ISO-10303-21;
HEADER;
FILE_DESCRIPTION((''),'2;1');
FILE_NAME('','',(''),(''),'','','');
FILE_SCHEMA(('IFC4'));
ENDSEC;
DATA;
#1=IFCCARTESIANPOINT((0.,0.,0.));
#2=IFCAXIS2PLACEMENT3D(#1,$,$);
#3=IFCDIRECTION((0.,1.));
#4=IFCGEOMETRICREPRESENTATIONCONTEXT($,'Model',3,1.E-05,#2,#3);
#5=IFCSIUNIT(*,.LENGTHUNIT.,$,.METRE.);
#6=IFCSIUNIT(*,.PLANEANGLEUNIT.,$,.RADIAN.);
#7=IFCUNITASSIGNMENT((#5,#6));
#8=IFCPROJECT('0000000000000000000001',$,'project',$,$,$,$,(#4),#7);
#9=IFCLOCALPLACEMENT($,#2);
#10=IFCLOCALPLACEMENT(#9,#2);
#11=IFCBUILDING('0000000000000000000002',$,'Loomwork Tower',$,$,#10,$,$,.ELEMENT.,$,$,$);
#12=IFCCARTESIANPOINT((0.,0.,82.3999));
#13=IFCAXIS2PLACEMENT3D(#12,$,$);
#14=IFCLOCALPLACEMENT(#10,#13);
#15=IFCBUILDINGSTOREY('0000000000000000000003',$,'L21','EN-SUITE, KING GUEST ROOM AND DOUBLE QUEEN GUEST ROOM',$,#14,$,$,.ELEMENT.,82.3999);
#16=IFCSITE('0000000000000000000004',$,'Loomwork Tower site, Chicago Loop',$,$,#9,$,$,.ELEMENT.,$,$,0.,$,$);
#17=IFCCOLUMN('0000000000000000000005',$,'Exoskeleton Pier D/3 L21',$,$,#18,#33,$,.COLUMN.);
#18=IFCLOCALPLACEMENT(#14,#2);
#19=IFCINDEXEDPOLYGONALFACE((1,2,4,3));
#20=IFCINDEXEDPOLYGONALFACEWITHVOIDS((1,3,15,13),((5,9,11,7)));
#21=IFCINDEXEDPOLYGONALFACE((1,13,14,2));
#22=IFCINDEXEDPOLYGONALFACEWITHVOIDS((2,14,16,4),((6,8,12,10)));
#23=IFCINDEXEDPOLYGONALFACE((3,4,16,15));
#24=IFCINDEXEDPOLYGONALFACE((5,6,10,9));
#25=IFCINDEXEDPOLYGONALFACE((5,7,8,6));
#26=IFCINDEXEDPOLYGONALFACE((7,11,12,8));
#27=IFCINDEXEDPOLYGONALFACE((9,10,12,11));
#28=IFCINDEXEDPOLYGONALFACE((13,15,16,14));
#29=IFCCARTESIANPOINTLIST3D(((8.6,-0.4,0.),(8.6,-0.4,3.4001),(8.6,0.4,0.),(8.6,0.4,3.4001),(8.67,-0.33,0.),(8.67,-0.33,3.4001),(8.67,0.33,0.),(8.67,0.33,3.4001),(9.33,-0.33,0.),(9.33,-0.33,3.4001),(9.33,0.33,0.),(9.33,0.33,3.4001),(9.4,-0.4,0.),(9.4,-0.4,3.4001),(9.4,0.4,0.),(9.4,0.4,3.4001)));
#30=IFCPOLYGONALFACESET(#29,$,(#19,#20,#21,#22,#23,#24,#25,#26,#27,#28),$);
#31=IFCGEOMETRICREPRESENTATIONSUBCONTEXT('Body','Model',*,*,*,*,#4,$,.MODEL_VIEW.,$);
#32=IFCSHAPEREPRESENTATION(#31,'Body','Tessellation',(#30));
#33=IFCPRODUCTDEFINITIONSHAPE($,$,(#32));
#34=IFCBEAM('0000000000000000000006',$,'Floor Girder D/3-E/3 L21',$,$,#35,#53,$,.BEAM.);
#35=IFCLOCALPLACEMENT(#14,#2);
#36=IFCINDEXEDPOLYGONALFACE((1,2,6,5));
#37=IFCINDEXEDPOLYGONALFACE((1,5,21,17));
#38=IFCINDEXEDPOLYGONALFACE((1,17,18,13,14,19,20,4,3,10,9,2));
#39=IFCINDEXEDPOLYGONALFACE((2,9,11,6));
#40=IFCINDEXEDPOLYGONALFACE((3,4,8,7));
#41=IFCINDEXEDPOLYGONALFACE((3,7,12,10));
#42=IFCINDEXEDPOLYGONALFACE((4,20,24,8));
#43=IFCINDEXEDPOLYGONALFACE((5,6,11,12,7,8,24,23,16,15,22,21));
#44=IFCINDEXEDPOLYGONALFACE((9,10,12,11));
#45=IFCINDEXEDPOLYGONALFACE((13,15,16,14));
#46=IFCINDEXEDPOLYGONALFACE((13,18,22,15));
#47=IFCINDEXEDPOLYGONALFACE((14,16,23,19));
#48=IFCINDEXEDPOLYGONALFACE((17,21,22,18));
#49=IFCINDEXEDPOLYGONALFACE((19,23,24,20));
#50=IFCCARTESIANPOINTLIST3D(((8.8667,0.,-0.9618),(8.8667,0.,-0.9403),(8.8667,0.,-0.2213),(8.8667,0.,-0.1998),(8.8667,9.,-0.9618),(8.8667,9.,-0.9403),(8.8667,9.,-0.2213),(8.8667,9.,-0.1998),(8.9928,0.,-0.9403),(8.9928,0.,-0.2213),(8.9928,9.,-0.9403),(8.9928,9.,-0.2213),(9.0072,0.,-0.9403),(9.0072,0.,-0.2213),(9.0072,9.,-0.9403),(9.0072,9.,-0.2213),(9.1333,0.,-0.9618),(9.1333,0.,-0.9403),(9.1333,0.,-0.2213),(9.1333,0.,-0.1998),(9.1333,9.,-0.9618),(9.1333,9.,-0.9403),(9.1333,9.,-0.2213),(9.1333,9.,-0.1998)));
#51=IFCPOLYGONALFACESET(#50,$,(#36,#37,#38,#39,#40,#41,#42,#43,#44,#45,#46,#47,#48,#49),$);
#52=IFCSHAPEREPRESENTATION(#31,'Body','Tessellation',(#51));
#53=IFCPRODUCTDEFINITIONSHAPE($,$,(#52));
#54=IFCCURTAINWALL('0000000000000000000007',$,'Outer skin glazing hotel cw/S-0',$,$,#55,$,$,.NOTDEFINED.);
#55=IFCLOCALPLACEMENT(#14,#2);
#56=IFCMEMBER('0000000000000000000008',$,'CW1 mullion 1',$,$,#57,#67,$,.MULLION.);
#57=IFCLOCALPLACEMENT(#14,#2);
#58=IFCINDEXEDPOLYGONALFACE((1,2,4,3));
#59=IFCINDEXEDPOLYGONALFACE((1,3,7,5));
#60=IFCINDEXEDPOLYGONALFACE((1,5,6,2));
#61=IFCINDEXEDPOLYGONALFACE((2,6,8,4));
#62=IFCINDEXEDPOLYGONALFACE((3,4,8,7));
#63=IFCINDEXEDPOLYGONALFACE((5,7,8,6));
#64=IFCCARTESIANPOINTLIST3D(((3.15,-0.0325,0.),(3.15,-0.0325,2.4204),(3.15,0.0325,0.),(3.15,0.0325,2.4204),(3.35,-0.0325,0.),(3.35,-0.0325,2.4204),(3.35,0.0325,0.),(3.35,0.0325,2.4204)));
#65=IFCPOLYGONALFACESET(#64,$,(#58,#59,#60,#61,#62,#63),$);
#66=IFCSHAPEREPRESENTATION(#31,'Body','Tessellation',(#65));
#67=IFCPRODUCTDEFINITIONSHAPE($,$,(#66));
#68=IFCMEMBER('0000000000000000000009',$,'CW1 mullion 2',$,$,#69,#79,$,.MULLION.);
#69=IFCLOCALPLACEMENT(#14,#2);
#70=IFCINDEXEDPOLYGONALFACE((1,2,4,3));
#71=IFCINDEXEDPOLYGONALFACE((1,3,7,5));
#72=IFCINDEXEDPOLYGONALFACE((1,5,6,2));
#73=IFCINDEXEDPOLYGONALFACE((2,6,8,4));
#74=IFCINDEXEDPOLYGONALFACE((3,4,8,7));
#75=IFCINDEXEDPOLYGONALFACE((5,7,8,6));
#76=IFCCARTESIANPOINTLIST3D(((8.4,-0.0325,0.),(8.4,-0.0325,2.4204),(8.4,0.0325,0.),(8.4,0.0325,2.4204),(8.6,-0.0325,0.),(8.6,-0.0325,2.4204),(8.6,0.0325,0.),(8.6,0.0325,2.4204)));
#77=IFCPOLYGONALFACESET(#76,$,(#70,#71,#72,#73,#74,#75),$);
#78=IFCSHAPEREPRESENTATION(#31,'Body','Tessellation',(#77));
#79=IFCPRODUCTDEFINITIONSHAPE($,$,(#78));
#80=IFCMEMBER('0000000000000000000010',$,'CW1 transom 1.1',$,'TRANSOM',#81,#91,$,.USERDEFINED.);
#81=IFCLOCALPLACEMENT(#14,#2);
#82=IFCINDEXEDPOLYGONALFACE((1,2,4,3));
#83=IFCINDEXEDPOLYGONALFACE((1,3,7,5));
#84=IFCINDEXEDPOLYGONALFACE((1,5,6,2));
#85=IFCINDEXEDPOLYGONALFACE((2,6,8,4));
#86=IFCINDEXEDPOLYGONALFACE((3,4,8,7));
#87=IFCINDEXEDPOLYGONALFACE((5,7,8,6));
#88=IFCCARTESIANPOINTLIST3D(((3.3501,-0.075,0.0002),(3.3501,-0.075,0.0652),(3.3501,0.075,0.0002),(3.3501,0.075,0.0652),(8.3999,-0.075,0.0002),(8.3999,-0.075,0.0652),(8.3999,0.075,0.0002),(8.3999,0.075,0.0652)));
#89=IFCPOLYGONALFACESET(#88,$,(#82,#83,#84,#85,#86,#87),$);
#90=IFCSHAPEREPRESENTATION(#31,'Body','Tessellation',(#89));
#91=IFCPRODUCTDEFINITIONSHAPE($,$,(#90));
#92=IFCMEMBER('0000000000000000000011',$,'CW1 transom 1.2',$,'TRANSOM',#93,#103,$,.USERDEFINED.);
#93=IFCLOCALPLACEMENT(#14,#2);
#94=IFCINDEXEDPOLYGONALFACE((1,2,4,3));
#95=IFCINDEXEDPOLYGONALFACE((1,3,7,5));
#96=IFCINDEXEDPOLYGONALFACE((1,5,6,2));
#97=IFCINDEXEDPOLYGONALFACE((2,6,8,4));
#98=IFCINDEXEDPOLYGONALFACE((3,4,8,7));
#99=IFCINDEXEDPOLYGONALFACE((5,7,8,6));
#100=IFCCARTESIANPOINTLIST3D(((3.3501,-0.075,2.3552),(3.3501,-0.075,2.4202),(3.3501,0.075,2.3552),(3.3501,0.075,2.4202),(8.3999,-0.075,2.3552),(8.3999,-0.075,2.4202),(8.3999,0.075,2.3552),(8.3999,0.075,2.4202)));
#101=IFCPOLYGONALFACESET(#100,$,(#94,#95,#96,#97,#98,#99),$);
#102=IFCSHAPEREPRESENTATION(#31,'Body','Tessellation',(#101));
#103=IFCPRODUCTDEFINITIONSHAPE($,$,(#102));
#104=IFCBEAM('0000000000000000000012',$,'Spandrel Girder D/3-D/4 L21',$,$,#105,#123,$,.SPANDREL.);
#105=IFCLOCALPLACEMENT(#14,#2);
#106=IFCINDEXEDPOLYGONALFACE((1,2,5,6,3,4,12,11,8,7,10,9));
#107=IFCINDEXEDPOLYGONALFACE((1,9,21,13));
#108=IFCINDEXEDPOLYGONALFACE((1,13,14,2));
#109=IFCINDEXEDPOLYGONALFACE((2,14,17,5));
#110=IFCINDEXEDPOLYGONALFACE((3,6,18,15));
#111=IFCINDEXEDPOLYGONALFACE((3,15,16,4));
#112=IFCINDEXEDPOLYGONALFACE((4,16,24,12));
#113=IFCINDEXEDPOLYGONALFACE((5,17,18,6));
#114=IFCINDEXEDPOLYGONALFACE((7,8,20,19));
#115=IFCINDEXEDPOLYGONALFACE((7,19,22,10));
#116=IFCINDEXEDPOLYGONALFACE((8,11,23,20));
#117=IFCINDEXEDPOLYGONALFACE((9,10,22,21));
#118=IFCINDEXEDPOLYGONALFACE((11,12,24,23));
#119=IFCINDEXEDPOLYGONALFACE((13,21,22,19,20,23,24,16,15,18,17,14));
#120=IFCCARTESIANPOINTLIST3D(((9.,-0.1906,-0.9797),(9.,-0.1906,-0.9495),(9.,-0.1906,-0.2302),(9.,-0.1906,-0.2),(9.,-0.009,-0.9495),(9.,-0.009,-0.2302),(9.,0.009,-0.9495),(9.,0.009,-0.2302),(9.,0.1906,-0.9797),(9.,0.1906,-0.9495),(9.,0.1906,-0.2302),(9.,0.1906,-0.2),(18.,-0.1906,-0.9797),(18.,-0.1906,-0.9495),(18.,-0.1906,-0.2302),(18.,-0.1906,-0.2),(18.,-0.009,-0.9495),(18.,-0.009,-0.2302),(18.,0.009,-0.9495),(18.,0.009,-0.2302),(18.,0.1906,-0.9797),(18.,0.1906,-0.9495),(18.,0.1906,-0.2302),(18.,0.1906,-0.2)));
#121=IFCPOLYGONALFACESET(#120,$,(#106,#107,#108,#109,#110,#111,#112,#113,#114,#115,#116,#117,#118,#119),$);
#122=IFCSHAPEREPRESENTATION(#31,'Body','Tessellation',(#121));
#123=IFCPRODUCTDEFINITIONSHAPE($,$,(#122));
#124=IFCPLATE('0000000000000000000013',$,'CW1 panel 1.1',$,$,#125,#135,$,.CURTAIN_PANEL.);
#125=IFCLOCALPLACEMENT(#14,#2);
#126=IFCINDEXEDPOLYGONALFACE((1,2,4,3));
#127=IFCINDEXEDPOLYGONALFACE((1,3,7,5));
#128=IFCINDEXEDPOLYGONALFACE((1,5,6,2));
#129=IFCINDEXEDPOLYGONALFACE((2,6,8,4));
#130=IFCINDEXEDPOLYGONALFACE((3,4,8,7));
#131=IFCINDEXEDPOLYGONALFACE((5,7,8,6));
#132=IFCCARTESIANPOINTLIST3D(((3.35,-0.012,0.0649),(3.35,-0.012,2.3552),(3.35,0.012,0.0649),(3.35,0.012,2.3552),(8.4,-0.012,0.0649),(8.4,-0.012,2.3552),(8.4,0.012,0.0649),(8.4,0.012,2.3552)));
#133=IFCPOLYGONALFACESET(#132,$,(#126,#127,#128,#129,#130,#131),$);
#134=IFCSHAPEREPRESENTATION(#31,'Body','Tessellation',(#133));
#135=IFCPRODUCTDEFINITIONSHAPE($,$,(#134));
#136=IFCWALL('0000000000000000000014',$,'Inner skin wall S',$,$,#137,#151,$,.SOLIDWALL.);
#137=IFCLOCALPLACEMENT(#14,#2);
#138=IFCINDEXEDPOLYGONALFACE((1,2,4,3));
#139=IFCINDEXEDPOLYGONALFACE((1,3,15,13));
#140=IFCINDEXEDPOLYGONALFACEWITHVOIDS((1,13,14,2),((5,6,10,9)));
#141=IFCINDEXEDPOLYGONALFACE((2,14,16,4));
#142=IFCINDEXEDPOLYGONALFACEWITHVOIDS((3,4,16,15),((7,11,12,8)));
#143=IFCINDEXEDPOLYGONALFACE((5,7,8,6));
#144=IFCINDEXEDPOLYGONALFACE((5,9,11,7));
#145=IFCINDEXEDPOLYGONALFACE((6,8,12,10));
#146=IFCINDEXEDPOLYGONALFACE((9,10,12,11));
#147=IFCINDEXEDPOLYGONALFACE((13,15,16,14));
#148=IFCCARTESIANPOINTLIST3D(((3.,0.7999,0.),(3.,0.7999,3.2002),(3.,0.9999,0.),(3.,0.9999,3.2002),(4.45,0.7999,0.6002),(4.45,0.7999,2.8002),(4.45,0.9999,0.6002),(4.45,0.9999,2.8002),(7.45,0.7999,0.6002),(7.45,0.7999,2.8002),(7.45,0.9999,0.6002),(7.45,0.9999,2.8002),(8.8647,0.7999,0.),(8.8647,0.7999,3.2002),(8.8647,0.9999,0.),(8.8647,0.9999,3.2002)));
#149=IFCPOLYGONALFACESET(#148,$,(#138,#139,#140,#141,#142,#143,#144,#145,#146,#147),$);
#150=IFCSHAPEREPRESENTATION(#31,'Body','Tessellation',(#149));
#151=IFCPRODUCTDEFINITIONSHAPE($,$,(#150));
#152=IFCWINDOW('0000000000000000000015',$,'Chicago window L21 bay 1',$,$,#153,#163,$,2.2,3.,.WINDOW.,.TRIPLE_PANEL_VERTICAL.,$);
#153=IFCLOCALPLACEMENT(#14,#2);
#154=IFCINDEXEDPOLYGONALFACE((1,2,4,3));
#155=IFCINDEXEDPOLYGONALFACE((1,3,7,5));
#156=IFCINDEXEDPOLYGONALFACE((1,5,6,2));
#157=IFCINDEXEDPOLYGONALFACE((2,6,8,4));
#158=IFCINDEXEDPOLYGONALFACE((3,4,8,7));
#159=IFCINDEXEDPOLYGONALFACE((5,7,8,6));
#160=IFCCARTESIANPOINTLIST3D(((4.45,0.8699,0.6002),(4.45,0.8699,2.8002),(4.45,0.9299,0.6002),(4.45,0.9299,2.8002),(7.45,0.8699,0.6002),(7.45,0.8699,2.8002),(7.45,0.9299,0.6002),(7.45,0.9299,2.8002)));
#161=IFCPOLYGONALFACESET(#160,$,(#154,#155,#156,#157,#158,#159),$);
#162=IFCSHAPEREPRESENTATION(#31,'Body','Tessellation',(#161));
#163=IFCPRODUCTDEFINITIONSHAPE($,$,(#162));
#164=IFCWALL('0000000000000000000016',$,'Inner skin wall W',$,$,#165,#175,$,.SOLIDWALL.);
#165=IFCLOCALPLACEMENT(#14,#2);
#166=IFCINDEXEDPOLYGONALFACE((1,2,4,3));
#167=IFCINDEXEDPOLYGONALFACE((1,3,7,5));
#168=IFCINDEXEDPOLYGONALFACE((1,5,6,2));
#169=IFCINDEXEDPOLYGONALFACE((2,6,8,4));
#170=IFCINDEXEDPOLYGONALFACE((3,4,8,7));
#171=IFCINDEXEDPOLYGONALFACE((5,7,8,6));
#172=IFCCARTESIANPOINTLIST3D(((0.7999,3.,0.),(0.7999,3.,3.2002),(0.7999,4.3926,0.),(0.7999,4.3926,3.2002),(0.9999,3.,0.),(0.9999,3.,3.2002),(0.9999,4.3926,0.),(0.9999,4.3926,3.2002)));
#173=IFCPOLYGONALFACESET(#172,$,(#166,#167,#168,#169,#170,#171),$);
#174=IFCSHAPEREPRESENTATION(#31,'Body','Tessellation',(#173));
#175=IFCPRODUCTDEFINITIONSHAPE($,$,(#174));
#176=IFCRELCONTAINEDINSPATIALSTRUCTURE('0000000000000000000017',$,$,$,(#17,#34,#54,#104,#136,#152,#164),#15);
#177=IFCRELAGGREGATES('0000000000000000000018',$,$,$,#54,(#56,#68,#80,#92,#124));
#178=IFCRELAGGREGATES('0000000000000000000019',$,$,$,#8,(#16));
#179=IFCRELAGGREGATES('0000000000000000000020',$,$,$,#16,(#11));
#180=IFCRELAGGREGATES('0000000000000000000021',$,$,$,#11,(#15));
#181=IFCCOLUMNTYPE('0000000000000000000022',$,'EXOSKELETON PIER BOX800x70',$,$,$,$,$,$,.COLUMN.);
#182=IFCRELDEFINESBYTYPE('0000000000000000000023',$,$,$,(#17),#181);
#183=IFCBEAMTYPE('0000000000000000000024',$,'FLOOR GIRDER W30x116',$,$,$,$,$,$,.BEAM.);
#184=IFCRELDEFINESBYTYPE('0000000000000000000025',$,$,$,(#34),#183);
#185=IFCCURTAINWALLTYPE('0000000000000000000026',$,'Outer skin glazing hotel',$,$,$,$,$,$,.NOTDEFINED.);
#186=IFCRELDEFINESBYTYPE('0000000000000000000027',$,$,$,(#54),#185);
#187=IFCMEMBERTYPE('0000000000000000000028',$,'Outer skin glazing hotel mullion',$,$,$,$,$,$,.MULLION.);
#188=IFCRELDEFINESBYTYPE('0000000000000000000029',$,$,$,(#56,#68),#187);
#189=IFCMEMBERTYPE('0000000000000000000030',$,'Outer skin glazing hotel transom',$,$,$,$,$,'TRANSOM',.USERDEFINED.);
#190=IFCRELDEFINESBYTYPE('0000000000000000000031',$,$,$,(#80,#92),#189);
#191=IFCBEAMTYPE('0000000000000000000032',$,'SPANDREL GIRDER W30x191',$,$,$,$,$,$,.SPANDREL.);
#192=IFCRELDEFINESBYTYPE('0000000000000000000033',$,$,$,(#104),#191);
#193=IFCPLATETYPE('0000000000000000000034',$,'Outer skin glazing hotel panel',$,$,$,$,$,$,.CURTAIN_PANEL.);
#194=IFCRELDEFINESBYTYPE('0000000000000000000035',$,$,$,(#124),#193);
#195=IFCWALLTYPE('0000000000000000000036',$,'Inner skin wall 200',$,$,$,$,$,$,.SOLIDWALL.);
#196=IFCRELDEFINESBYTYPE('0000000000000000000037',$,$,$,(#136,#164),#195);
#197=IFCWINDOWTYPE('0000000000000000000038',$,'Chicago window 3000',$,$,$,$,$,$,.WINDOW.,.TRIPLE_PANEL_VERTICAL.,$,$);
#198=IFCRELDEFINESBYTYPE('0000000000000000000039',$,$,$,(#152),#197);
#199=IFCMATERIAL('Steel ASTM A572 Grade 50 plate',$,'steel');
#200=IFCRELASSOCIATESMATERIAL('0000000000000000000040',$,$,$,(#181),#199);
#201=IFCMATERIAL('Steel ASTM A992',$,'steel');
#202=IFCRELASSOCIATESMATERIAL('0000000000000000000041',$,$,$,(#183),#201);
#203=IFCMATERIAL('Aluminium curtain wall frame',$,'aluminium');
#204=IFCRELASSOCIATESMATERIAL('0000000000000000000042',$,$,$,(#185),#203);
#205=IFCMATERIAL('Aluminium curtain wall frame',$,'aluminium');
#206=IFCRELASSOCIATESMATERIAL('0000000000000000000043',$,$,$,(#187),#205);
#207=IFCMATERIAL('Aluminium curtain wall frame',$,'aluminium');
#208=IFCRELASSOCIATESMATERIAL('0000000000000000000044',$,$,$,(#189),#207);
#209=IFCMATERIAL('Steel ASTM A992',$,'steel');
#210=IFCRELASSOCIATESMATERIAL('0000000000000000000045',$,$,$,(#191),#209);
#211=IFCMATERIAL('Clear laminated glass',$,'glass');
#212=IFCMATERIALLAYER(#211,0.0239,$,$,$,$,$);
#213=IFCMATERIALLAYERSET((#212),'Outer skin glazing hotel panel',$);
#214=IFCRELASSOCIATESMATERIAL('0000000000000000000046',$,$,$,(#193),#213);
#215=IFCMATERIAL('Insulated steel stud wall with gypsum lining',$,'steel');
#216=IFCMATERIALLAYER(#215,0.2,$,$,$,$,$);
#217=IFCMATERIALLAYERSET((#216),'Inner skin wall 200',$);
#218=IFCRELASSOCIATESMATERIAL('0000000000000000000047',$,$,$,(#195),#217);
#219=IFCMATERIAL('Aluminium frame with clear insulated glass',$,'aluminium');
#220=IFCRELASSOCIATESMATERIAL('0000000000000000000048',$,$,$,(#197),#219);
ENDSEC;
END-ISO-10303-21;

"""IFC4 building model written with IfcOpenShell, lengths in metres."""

from ifc_helpers import new_model, si_unit, direction, frame, frame_2d, origin, origin_2d, place, context, subcontext, project, spatial, rectangle, hollow_rectangle, i_section, extrude, material, layer, layer_set, material_profile, profile_set, type_object, element, fill, aggregate, save


model = new_model("IFC4")

# Units and contexts
model_context = context("Model", 3, precision=1e-05, world=origin(), true_north=direction((0.0, 1.0)))
body_context = subcontext(model_context, "Body", "Model", "MODEL_VIEW")
ifc_project = project(units=[si_unit("LENGTHUNIT", "METRE"), si_unit("PLANEANGLEUNIT", "RADIAN")], contexts=[model_context])

# Site, building, storey
site_placement = place(None, origin())
site = spatial("IfcSite", under=ifc_project, at=site_placement, Name="Loomwork Tower site, Chicago Loop", CompositionType="ELEMENT", RefElevation=0.0)
building_placement = place(site_placement, origin())
building = spatial("IfcBuilding", under=site, at=building_placement, Name="Loomwork Tower", CompositionType="ELEMENT")
storey_placement = place(building_placement, frame((0.0, 0.0, 82.3999)))
storey = spatial("IfcBuildingStorey", under=building, at=storey_placement, Name="L21", Description="EN-SUITE, KING GUEST ROOM AND DOUBLE QUEEN GUEST ROOM", CompositionType="ELEMENT", Elevation=82.3999)

# Column
ifc_material_1 = material(Name="Steel ASTM A572 Grade 50 plate", Category="steel")
ifc_material_profile_1 = material_profile(ifc_material_1, hollow_rectangle(XDim=0.8, YDim=0.8, WallThickness=0.0701, at=origin_2d()), Name="BOX800x70")
ifc_profile_set_1 = profile_set([ifc_material_profile_1], Name="Steel ASTM A572 Grade 50 plate")
column_type = type_object("IfcColumnType", Name="EXOSKELETON PIER BOX800x70", PredefinedType="COLUMN", material=ifc_profile_set_1)
column_placement = place(storey_placement, frame((9.0, 0.0, 0.0), z_axis=(0.0, 0.0, 1.0), x_axis=(1.0, 0.0, 0.0)))
element("IfcColumn", 1, at=column_placement, inside=storey, type_object=column_type, Name="Exoskeleton Pier D/3 L21", PredefinedType="COLUMN", context=body_context, shape_type="SweptSolid", body=[
    extrude(hollow_rectangle(XDim=0.8, YDim=0.8, WallThickness=0.0701, at=origin_2d()), origin(), (0.0, 0.0, 1.0), 3.4001),
])

# Beam
ifc_material_2 = material(Name="Steel ASTM A992", Category="steel")
ifc_material_profile_2 = material_profile(ifc_material_2, i_section(OverallWidth=0.2666, OverallDepth=0.762, WebThickness=0.0144, FlangeThickness=0.0215, at=origin_2d()), Name="W30x116")
ifc_profile_set_2 = profile_set([ifc_material_profile_2], Name="Steel ASTM A992")
beam_type_1 = type_object("IfcBeamType", Name="FLOOR GIRDER W30x116", PredefinedType="BEAM", material=ifc_profile_set_2)
beam_1_placement = place(storey_placement, frame((9.0, 0.0, -0.5808), z_axis=(0.0, 1.0, 0.0), x_axis=(-1.0, 0.0, 0.0)))
element("IfcBeam", 2, at=beam_1_placement, inside=storey, type_object=beam_type_1, Name="Floor Girder D/3-E/3 L21", PredefinedType="BEAM", context=body_context, shape_type="SweptSolid", body=[
    extrude(i_section(OverallWidth=0.2666, OverallDepth=0.762, WebThickness=0.0144, FlangeThickness=0.0215, at=origin_2d()), origin(), (0.0, 0.0, 1.0), 9.0),
])

# Curtain wall, members
ifc_material_3 = material(Name="Aluminium curtain wall frame", Category="aluminium")
curtain_wall_type = type_object("IfcCurtainWallType", Name="Outer skin glazing hotel", PredefinedType="NOTDEFINED", material=ifc_material_3)
curtain_wall_placement = place(storey_placement, origin())
curtain_wall = element("IfcCurtainWall", 3, at=curtain_wall_placement, inside=storey, type_object=curtain_wall_type, Name="Outer skin glazing hotel cw/S-0", PredefinedType="NOTDEFINED")
ifc_material_4 = material(Name="Aluminium curtain wall frame", Category="aluminium")
ifc_material_profile_3 = material_profile(ifc_material_4, rectangle(XDim=0.0649, YDim=0.2, at=origin_2d()), Name="AL 65x200")
ifc_profile_set_3 = profile_set([ifc_material_profile_3], Name="Aluminium curtain wall frame")
member_type_1 = type_object("IfcMemberType", Name="Outer skin glazing hotel mullion", PredefinedType="MULLION", material=ifc_profile_set_3)
member_1_placement = place(storey_placement, frame((3.25, 0.0, 0.0), z_axis=(0.0, 0.0, 1.0), x_axis=(0.0, 1.0, 0.0)))
member_1 = element("IfcMember", 4, at=member_1_placement, type_object=member_type_1, Name="CW1 mullion 1", PredefinedType="MULLION", context=body_context, shape_type="SweptSolid", body=[
    extrude(rectangle(XDim=0.0649, YDim=0.2, at=origin_2d()), origin(), (0.0, 0.0, 1.0), 2.4204),
])
member_2_placement = place(storey_placement, frame((8.5, 0.0, 0.0), z_axis=(0.0, 0.0, 1.0), x_axis=(0.0, 1.0, 0.0)))
member_2 = element("IfcMember", 5, at=member_2_placement, type_object=member_type_1, Name="CW1 mullion 2", PredefinedType="MULLION", context=body_context, shape_type="SweptSolid", body=[
    extrude(rectangle(XDim=0.0649, YDim=0.2, at=origin_2d()), origin(), (0.0, 0.0, 1.0), 2.4204),
])
ifc_material_5 = material(Name="Aluminium curtain wall frame", Category="aluminium")
ifc_material_profile_4 = material_profile(ifc_material_5, rectangle(XDim=0.1499, YDim=0.0649, at=origin_2d()), Name="AL 65x150")
ifc_profile_set_4 = profile_set([ifc_material_profile_4], Name="Aluminium curtain wall frame")
member_type_2 = type_object("IfcMemberType", Name="Outer skin glazing hotel transom", ElementType="TRANSOM", PredefinedType="USERDEFINED", material=ifc_profile_set_4)
member_3_placement = place(storey_placement, frame((3.3501, 0.0, 0.0327), z_axis=(1.0, 0.0, 0.0), x_axis=(0.0, 1.0, 0.0)))
member_3 = element("IfcMember", 6, at=member_3_placement, type_object=member_type_2, Name="CW1 transom 1.1", ObjectType="TRANSOM", PredefinedType="USERDEFINED", context=body_context, shape_type="SweptSolid", body=[
    extrude(rectangle(XDim=0.1499, YDim=0.0649, at=origin_2d()), origin(), (0.0, 0.0, 1.0), 5.0498),
])
member_4_placement = place(storey_placement, frame((3.3501, 0.0, 2.3877), z_axis=(1.0, 0.0, 0.0), x_axis=(0.0, 1.0, 0.0)))
member_4 = element("IfcMember", 7, at=member_4_placement, type_object=member_type_2, Name="CW1 transom 1.2", ObjectType="TRANSOM", PredefinedType="USERDEFINED", context=body_context, shape_type="SweptSolid", body=[
    extrude(rectangle(XDim=0.1499, YDim=0.0649, at=origin_2d()), origin(), (0.0, 0.0, 1.0), 5.0498),
])

# Beam
ifc_material_6 = material(Name="Steel ASTM A992", Category="steel")
ifc_material_profile_5 = material_profile(ifc_material_6, i_section(OverallWidth=0.3811, OverallDepth=0.7798, WebThickness=0.0181, FlangeThickness=0.0303, at=origin_2d()), Name="W30x191")
ifc_profile_set_5 = profile_set([ifc_material_profile_5], Name="Steel ASTM A992")
beam_type_2 = type_object("IfcBeamType", Name="SPANDREL GIRDER W30x191", PredefinedType="SPANDREL", material=ifc_profile_set_5)
beam_2_placement = place(storey_placement, frame((9.0, 0.0, -0.5898), z_axis=(1.0, 0.0, 0.0), x_axis=(0.0, 1.0, 0.0)))
element("IfcBeam", 8, at=beam_2_placement, inside=storey, type_object=beam_type_2, Name="Spandrel Girder D/3-D/4 L21", PredefinedType="SPANDREL", context=body_context, shape_type="SweptSolid", body=[
    extrude(i_section(OverallWidth=0.3811, OverallDepth=0.7798, WebThickness=0.0181, FlangeThickness=0.0303, at=origin_2d()), origin(), (0.0, 0.0, 1.0), 9.0),
])

# Plate
ifc_material_7 = material(Name="Clear laminated glass", Category="glass")
ifc_layer_1 = layer(ifc_material_7, 0.0239)
ifc_layer_set_1 = layer_set([ifc_layer_1], Name="Outer skin glazing hotel panel")
plate_type = type_object("IfcPlateType", Name="Outer skin glazing hotel panel", PredefinedType="CURTAIN_PANEL", material=ifc_layer_set_1)
plate_placement = place(storey_placement, frame((5.875, 0.0, 0.0649), z_axis=(0.0, 0.0, 1.0), x_axis=(1.0, 0.0, 0.0)))
plate = element("IfcPlate", 9, at=plate_placement, type_object=plate_type, Name="CW1 panel 1.1", PredefinedType="CURTAIN_PANEL", context=body_context, shape_type="SweptSolid", body=[
    extrude(rectangle(XDim=5.05, YDim=0.0239, at=origin_2d()), origin(), (0.0, 0.0, 1.0), 2.2903),
])
aggregate(curtain_wall, [member_1, member_2, member_3, member_4, plate])

# Wall, opening, window
ifc_material_8 = material(Name="Insulated steel stud wall with gypsum lining", Category="steel")
ifc_layer_2 = layer(ifc_material_8, 0.2)
ifc_layer_set_2 = layer_set([ifc_layer_2], Name="Inner skin wall 200")
wall_type_1 = type_object("IfcWallType", Name="Inner skin wall 200", PredefinedType="SOLIDWALL", material=ifc_layer_set_2)
wall_1_placement = place(storey_placement, frame((3.0, 0.8999, 0.0), z_axis=(0.0, 0.0, 1.0), x_axis=(1.0, 0.0, 0.0)))
wall_1 = element("IfcWall", 10, at=wall_1_placement, inside=storey, type_object=wall_type_1, Name="Inner skin wall S", PredefinedType="SOLIDWALL", context=body_context, shape_type="SweptSolid", body=[
    extrude(rectangle(XDim=5.8647, YDim=0.2, at=frame_2d((2.9324, 0.0))), origin(), (0.0, 0.0, 1.0), 3.2002),
])
opening_1_placement = place(wall_1_placement, frame((1.45, 0.0, 0.6001)))
opening_1 = element("IfcOpeningElement", 11, at=opening_1_placement, cuts=wall_1, PredefinedType="OPENING", context=body_context, shape_type="SweptSolid", body=[
    extrude(rectangle(XDim=3.0, YDim=2.2, at=frame_2d((1.5, 1.1001))), frame((0.0, 0.1099, 0.0), z_axis=(0.0, -1.0, 0.0), x_axis=(1.0, 0.0, 0.0)), (0.0, 0.0, 1.0), 0.22),
])
ifc_material_9 = material(Name="Aluminium frame with clear insulated glass", Category="aluminium")
window_type_1 = type_object("IfcWindowType", Name="Chicago window 3000", PartitioningType="TRIPLE_PANEL_VERTICAL", PredefinedType="WINDOW", material=ifc_material_9)
window_1_placement = place(opening_1_placement, origin())
window_1 = element("IfcWindow", 12, at=window_1_placement, inside=storey, type_object=window_type_1, Name="Chicago window L21 bay 1", OverallHeight=2.2, OverallWidth=3.0, PartitioningType="TRIPLE_PANEL_VERTICAL", PredefinedType="WINDOW", context=body_context, shape_type="SweptSolid", body=[
    extrude(rectangle(XDim=3.0, YDim=2.2, at=frame_2d((1.5, 1.1001))), frame((0.0, 0.03, 0.0), z_axis=(0.0, -1.0, 0.0), x_axis=(1.0, 0.0, 0.0)), (0.0, 0.0, 1.0), 0.0601),
])
fill(opening_1, window_1)

# Wall
wall_2_placement = place(storey_placement, frame((0.8999, 3.0, 0.0), z_axis=(0.0, 0.0, 1.0), x_axis=(0.0, 1.0, 0.0)))
element("IfcWall", 13, at=wall_2_placement, inside=storey, type_object=wall_type_1, Name="Inner skin wall W", PredefinedType="SOLIDWALL", context=body_context, shape_type="SweptSolid", body=[
    extrude(rectangle(XDim=1.3926, YDim=0.2, at=frame_2d((0.6963, 0.0))), origin(), (0.0, 0.0, 1.0), 3.2002),
])

save(model, "model.ifc")
